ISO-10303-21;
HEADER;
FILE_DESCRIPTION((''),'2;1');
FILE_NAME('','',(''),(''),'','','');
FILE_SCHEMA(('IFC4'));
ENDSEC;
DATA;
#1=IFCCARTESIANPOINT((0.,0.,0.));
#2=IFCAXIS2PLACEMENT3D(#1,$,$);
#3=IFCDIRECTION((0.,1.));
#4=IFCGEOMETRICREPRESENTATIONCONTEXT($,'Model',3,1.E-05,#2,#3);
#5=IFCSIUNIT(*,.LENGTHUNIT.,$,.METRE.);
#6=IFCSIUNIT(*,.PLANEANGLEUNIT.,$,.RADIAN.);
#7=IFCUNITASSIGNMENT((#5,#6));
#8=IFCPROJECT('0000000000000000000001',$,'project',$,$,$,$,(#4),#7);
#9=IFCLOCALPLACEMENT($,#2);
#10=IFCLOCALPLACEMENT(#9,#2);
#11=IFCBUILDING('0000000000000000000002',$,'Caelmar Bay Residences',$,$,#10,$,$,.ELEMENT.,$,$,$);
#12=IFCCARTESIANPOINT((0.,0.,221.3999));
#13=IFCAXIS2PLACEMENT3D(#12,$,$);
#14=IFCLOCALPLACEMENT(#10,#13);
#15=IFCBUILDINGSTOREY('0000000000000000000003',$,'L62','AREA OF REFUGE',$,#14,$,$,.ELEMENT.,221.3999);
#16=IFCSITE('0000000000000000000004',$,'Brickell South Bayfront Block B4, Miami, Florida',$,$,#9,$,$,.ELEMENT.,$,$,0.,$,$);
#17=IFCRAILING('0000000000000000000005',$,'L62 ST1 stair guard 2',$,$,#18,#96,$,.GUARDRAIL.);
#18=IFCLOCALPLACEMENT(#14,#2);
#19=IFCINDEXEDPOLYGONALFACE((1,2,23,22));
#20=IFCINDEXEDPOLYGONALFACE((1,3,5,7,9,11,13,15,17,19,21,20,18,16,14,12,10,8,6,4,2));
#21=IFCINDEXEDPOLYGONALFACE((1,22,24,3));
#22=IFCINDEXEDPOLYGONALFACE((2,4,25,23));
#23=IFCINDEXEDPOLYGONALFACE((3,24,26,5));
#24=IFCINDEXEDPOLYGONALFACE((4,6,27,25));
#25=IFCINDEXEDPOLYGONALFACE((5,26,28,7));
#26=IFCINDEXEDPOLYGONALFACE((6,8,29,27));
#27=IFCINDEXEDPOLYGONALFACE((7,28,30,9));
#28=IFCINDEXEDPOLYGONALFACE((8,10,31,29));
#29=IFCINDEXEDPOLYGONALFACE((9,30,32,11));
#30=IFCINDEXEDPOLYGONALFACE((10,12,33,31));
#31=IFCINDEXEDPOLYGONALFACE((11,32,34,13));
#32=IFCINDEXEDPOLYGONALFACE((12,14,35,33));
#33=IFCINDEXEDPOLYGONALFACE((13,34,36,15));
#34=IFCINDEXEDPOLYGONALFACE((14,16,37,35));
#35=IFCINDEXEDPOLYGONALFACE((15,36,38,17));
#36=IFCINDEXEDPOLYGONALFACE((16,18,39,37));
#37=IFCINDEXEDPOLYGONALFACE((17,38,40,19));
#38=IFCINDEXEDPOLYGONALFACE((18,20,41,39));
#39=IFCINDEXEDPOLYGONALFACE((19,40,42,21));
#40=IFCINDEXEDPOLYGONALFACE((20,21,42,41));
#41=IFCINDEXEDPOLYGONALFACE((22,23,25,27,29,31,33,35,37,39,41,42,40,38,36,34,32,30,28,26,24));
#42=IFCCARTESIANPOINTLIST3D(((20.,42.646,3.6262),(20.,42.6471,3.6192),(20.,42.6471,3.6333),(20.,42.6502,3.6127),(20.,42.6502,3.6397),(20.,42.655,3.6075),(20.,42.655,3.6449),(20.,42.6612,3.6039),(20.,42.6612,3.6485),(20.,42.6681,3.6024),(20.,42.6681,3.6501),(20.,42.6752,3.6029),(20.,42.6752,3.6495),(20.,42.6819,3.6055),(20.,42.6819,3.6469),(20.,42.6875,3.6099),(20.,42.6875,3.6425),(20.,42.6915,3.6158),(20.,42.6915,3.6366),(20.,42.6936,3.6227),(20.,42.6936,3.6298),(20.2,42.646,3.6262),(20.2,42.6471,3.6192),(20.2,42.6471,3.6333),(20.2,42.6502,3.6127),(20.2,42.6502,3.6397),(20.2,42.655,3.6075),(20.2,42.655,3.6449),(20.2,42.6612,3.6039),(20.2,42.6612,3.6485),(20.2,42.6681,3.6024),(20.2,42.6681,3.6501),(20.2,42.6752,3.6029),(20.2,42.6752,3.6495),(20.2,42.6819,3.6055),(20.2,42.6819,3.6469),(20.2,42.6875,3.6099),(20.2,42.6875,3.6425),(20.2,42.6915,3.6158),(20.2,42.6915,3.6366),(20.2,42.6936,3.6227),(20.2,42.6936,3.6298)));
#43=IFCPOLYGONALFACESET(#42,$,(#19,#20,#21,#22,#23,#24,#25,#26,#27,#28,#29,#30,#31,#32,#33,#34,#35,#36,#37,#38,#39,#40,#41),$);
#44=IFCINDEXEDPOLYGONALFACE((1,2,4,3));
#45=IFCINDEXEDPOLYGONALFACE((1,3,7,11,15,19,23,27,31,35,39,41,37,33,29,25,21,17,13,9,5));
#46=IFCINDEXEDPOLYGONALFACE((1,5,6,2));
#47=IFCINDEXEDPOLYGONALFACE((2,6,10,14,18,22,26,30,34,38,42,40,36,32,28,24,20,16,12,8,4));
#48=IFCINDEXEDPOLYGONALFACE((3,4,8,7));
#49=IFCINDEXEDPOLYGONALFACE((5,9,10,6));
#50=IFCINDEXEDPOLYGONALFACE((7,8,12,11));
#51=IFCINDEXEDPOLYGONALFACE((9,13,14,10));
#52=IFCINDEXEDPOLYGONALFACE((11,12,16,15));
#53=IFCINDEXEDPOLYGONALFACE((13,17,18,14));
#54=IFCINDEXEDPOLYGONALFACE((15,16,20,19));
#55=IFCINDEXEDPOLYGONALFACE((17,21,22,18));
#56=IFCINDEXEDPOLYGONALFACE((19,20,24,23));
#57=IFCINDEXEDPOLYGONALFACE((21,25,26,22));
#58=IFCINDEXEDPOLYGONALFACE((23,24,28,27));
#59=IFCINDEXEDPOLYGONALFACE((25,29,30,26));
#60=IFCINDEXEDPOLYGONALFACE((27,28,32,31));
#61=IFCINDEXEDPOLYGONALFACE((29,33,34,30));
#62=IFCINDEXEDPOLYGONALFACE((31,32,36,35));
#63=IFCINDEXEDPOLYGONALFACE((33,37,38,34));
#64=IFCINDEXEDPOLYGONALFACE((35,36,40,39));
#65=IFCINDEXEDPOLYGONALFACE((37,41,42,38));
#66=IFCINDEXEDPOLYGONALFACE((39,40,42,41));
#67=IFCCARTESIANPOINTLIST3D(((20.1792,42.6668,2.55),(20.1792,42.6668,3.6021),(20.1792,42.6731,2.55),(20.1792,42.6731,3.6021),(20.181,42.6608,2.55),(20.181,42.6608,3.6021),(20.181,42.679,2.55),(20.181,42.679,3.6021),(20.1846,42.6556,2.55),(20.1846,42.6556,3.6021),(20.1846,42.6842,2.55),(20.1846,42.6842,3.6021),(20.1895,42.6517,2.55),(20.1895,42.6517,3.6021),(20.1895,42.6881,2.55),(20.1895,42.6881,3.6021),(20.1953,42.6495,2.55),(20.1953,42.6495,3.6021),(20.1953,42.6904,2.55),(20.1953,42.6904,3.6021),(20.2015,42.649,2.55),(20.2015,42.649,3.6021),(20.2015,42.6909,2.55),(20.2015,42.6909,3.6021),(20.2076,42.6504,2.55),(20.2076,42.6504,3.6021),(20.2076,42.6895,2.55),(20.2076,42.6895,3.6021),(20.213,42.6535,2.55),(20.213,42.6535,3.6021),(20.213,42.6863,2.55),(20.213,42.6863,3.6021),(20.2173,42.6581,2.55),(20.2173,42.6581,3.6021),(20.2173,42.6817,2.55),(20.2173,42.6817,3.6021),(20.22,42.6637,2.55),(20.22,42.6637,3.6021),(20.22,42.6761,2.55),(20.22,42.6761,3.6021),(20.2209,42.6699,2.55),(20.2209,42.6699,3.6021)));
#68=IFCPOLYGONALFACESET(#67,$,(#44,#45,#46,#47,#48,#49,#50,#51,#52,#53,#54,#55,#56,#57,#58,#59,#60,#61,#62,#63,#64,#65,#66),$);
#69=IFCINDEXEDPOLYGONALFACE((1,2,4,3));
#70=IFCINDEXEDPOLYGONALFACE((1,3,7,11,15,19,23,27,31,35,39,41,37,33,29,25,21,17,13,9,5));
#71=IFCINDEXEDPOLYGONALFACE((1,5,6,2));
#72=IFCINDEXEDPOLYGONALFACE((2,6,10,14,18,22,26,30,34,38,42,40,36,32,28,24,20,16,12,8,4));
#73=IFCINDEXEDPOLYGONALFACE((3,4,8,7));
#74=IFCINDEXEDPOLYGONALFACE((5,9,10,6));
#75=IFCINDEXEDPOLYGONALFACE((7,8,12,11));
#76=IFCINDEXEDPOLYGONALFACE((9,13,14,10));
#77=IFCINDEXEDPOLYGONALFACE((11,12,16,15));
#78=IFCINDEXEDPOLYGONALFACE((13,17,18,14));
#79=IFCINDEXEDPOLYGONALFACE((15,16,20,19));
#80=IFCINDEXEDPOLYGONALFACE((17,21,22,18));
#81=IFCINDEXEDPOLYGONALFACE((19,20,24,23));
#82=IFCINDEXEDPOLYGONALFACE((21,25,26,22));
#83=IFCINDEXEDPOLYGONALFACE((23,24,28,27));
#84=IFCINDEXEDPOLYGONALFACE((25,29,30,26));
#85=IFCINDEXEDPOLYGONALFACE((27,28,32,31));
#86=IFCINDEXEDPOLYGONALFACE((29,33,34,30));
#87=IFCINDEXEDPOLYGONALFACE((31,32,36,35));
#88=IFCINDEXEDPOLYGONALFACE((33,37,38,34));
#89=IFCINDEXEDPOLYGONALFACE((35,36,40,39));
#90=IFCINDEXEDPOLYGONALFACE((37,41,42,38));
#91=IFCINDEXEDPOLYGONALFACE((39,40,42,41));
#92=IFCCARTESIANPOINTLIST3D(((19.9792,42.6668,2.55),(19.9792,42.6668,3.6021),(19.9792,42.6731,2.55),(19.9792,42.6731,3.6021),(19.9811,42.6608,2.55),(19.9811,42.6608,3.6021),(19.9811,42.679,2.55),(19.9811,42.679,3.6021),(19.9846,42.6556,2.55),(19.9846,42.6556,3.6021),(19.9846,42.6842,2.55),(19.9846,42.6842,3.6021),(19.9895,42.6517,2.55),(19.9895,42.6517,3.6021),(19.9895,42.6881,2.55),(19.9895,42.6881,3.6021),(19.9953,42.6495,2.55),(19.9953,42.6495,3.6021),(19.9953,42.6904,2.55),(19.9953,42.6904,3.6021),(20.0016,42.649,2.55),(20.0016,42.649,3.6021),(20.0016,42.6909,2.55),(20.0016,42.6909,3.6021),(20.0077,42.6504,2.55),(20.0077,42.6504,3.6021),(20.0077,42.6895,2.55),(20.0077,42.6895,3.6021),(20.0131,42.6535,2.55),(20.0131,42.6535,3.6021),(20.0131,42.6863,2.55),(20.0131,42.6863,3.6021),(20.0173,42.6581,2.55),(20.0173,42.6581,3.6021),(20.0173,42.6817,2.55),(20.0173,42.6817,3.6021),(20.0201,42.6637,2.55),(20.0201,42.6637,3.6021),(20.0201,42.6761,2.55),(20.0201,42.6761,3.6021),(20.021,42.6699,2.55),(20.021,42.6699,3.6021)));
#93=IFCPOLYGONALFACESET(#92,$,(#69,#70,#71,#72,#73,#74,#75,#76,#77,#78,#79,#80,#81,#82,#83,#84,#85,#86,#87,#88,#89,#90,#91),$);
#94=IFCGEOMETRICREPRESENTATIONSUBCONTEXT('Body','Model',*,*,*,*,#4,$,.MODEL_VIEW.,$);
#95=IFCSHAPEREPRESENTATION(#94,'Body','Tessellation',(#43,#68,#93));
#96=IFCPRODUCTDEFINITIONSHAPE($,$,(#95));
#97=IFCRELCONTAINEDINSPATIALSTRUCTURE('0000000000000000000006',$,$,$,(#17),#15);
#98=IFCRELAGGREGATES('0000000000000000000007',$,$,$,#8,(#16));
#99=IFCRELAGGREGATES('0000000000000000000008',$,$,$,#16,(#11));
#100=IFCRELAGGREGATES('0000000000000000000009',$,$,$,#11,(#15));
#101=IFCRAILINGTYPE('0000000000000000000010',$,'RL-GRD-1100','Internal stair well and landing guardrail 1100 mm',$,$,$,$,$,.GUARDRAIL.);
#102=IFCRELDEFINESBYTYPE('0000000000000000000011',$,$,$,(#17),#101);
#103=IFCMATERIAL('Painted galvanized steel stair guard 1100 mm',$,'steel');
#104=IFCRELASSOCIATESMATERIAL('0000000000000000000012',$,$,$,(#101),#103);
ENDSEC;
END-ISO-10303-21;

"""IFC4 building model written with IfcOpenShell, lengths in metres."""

from ifc_helpers import new_model, si_unit, direction, frame, origin, origin_2d, place, context, subcontext, project, spatial, circle, extrude, material, type_object, element, save


model = new_model("IFC4")

# Units and contexts
model_context = context("Model", 3, precision=1e-05, world=origin(), true_north=direction((0.0, 1.0)))
body_context = subcontext(model_context, "Body", "Model", "MODEL_VIEW")
ifc_project = project(units=[si_unit("LENGTHUNIT", "METRE"), si_unit("PLANEANGLEUNIT", "RADIAN")], contexts=[model_context])

# Site, building, storey
site_placement = place(None, origin())
site = spatial("IfcSite", under=ifc_project, at=site_placement, Name="Brickell South Bayfront Block B4, Miami, Florida", CompositionType="ELEMENT", RefElevation=0.0)
building_placement = place(site_placement, origin())
building = spatial("IfcBuilding", under=site, at=building_placement, Name="Caelmar Bay Residences", CompositionType="ELEMENT")
storey_placement = place(building_placement, frame((0.0, 0.0, 221.3999)))
storey = spatial("IfcBuildingStorey", under=building, at=storey_placement, Name="L62", Description="AREA OF REFUGE", CompositionType="ELEMENT", Elevation=221.3999)

# Railing
ifc_material_1 = material(Name="Painted galvanized steel stair guard 1100 mm", Category="steel")
railing_type_1 = type_object("IfcRailingType", Name="RL-GRD-1100", Description="Internal stair well and landing guardrail 1100 mm", PredefinedType="GUARDRAIL", material=ifc_material_1)
railing_1_placement = place(storey_placement, frame((20.2, 42.6699, 2.55)))
element("IfcRailing", 1, at=railing_1_placement, inside=storey, type_object=railing_type_1, Name="L62 ST1 stair guard 2", PredefinedType="GUARDRAIL", context=body_context, shape_type="SweptSolid", body=[
    extrude(circle(Radius=0.0239, at=origin_2d()), frame((0.0, 0.0, 1.0762), z_axis=(-1.0, 0.0, 0.0), x_axis=(0.0, -1.0, 0.0)), (0.0, 0.0, 1.0), 0.2),
    extrude(circle(Radius=0.021, at=origin_2d()), origin(), (0.0, 0.0, 1.0), 1.052),
    extrude(circle(Radius=0.021, at=origin_2d()), frame((-0.2, 0.0, 0.0)), (0.0, 0.0, 1.0), 1.052),
])

save(model, "model.ifc")
